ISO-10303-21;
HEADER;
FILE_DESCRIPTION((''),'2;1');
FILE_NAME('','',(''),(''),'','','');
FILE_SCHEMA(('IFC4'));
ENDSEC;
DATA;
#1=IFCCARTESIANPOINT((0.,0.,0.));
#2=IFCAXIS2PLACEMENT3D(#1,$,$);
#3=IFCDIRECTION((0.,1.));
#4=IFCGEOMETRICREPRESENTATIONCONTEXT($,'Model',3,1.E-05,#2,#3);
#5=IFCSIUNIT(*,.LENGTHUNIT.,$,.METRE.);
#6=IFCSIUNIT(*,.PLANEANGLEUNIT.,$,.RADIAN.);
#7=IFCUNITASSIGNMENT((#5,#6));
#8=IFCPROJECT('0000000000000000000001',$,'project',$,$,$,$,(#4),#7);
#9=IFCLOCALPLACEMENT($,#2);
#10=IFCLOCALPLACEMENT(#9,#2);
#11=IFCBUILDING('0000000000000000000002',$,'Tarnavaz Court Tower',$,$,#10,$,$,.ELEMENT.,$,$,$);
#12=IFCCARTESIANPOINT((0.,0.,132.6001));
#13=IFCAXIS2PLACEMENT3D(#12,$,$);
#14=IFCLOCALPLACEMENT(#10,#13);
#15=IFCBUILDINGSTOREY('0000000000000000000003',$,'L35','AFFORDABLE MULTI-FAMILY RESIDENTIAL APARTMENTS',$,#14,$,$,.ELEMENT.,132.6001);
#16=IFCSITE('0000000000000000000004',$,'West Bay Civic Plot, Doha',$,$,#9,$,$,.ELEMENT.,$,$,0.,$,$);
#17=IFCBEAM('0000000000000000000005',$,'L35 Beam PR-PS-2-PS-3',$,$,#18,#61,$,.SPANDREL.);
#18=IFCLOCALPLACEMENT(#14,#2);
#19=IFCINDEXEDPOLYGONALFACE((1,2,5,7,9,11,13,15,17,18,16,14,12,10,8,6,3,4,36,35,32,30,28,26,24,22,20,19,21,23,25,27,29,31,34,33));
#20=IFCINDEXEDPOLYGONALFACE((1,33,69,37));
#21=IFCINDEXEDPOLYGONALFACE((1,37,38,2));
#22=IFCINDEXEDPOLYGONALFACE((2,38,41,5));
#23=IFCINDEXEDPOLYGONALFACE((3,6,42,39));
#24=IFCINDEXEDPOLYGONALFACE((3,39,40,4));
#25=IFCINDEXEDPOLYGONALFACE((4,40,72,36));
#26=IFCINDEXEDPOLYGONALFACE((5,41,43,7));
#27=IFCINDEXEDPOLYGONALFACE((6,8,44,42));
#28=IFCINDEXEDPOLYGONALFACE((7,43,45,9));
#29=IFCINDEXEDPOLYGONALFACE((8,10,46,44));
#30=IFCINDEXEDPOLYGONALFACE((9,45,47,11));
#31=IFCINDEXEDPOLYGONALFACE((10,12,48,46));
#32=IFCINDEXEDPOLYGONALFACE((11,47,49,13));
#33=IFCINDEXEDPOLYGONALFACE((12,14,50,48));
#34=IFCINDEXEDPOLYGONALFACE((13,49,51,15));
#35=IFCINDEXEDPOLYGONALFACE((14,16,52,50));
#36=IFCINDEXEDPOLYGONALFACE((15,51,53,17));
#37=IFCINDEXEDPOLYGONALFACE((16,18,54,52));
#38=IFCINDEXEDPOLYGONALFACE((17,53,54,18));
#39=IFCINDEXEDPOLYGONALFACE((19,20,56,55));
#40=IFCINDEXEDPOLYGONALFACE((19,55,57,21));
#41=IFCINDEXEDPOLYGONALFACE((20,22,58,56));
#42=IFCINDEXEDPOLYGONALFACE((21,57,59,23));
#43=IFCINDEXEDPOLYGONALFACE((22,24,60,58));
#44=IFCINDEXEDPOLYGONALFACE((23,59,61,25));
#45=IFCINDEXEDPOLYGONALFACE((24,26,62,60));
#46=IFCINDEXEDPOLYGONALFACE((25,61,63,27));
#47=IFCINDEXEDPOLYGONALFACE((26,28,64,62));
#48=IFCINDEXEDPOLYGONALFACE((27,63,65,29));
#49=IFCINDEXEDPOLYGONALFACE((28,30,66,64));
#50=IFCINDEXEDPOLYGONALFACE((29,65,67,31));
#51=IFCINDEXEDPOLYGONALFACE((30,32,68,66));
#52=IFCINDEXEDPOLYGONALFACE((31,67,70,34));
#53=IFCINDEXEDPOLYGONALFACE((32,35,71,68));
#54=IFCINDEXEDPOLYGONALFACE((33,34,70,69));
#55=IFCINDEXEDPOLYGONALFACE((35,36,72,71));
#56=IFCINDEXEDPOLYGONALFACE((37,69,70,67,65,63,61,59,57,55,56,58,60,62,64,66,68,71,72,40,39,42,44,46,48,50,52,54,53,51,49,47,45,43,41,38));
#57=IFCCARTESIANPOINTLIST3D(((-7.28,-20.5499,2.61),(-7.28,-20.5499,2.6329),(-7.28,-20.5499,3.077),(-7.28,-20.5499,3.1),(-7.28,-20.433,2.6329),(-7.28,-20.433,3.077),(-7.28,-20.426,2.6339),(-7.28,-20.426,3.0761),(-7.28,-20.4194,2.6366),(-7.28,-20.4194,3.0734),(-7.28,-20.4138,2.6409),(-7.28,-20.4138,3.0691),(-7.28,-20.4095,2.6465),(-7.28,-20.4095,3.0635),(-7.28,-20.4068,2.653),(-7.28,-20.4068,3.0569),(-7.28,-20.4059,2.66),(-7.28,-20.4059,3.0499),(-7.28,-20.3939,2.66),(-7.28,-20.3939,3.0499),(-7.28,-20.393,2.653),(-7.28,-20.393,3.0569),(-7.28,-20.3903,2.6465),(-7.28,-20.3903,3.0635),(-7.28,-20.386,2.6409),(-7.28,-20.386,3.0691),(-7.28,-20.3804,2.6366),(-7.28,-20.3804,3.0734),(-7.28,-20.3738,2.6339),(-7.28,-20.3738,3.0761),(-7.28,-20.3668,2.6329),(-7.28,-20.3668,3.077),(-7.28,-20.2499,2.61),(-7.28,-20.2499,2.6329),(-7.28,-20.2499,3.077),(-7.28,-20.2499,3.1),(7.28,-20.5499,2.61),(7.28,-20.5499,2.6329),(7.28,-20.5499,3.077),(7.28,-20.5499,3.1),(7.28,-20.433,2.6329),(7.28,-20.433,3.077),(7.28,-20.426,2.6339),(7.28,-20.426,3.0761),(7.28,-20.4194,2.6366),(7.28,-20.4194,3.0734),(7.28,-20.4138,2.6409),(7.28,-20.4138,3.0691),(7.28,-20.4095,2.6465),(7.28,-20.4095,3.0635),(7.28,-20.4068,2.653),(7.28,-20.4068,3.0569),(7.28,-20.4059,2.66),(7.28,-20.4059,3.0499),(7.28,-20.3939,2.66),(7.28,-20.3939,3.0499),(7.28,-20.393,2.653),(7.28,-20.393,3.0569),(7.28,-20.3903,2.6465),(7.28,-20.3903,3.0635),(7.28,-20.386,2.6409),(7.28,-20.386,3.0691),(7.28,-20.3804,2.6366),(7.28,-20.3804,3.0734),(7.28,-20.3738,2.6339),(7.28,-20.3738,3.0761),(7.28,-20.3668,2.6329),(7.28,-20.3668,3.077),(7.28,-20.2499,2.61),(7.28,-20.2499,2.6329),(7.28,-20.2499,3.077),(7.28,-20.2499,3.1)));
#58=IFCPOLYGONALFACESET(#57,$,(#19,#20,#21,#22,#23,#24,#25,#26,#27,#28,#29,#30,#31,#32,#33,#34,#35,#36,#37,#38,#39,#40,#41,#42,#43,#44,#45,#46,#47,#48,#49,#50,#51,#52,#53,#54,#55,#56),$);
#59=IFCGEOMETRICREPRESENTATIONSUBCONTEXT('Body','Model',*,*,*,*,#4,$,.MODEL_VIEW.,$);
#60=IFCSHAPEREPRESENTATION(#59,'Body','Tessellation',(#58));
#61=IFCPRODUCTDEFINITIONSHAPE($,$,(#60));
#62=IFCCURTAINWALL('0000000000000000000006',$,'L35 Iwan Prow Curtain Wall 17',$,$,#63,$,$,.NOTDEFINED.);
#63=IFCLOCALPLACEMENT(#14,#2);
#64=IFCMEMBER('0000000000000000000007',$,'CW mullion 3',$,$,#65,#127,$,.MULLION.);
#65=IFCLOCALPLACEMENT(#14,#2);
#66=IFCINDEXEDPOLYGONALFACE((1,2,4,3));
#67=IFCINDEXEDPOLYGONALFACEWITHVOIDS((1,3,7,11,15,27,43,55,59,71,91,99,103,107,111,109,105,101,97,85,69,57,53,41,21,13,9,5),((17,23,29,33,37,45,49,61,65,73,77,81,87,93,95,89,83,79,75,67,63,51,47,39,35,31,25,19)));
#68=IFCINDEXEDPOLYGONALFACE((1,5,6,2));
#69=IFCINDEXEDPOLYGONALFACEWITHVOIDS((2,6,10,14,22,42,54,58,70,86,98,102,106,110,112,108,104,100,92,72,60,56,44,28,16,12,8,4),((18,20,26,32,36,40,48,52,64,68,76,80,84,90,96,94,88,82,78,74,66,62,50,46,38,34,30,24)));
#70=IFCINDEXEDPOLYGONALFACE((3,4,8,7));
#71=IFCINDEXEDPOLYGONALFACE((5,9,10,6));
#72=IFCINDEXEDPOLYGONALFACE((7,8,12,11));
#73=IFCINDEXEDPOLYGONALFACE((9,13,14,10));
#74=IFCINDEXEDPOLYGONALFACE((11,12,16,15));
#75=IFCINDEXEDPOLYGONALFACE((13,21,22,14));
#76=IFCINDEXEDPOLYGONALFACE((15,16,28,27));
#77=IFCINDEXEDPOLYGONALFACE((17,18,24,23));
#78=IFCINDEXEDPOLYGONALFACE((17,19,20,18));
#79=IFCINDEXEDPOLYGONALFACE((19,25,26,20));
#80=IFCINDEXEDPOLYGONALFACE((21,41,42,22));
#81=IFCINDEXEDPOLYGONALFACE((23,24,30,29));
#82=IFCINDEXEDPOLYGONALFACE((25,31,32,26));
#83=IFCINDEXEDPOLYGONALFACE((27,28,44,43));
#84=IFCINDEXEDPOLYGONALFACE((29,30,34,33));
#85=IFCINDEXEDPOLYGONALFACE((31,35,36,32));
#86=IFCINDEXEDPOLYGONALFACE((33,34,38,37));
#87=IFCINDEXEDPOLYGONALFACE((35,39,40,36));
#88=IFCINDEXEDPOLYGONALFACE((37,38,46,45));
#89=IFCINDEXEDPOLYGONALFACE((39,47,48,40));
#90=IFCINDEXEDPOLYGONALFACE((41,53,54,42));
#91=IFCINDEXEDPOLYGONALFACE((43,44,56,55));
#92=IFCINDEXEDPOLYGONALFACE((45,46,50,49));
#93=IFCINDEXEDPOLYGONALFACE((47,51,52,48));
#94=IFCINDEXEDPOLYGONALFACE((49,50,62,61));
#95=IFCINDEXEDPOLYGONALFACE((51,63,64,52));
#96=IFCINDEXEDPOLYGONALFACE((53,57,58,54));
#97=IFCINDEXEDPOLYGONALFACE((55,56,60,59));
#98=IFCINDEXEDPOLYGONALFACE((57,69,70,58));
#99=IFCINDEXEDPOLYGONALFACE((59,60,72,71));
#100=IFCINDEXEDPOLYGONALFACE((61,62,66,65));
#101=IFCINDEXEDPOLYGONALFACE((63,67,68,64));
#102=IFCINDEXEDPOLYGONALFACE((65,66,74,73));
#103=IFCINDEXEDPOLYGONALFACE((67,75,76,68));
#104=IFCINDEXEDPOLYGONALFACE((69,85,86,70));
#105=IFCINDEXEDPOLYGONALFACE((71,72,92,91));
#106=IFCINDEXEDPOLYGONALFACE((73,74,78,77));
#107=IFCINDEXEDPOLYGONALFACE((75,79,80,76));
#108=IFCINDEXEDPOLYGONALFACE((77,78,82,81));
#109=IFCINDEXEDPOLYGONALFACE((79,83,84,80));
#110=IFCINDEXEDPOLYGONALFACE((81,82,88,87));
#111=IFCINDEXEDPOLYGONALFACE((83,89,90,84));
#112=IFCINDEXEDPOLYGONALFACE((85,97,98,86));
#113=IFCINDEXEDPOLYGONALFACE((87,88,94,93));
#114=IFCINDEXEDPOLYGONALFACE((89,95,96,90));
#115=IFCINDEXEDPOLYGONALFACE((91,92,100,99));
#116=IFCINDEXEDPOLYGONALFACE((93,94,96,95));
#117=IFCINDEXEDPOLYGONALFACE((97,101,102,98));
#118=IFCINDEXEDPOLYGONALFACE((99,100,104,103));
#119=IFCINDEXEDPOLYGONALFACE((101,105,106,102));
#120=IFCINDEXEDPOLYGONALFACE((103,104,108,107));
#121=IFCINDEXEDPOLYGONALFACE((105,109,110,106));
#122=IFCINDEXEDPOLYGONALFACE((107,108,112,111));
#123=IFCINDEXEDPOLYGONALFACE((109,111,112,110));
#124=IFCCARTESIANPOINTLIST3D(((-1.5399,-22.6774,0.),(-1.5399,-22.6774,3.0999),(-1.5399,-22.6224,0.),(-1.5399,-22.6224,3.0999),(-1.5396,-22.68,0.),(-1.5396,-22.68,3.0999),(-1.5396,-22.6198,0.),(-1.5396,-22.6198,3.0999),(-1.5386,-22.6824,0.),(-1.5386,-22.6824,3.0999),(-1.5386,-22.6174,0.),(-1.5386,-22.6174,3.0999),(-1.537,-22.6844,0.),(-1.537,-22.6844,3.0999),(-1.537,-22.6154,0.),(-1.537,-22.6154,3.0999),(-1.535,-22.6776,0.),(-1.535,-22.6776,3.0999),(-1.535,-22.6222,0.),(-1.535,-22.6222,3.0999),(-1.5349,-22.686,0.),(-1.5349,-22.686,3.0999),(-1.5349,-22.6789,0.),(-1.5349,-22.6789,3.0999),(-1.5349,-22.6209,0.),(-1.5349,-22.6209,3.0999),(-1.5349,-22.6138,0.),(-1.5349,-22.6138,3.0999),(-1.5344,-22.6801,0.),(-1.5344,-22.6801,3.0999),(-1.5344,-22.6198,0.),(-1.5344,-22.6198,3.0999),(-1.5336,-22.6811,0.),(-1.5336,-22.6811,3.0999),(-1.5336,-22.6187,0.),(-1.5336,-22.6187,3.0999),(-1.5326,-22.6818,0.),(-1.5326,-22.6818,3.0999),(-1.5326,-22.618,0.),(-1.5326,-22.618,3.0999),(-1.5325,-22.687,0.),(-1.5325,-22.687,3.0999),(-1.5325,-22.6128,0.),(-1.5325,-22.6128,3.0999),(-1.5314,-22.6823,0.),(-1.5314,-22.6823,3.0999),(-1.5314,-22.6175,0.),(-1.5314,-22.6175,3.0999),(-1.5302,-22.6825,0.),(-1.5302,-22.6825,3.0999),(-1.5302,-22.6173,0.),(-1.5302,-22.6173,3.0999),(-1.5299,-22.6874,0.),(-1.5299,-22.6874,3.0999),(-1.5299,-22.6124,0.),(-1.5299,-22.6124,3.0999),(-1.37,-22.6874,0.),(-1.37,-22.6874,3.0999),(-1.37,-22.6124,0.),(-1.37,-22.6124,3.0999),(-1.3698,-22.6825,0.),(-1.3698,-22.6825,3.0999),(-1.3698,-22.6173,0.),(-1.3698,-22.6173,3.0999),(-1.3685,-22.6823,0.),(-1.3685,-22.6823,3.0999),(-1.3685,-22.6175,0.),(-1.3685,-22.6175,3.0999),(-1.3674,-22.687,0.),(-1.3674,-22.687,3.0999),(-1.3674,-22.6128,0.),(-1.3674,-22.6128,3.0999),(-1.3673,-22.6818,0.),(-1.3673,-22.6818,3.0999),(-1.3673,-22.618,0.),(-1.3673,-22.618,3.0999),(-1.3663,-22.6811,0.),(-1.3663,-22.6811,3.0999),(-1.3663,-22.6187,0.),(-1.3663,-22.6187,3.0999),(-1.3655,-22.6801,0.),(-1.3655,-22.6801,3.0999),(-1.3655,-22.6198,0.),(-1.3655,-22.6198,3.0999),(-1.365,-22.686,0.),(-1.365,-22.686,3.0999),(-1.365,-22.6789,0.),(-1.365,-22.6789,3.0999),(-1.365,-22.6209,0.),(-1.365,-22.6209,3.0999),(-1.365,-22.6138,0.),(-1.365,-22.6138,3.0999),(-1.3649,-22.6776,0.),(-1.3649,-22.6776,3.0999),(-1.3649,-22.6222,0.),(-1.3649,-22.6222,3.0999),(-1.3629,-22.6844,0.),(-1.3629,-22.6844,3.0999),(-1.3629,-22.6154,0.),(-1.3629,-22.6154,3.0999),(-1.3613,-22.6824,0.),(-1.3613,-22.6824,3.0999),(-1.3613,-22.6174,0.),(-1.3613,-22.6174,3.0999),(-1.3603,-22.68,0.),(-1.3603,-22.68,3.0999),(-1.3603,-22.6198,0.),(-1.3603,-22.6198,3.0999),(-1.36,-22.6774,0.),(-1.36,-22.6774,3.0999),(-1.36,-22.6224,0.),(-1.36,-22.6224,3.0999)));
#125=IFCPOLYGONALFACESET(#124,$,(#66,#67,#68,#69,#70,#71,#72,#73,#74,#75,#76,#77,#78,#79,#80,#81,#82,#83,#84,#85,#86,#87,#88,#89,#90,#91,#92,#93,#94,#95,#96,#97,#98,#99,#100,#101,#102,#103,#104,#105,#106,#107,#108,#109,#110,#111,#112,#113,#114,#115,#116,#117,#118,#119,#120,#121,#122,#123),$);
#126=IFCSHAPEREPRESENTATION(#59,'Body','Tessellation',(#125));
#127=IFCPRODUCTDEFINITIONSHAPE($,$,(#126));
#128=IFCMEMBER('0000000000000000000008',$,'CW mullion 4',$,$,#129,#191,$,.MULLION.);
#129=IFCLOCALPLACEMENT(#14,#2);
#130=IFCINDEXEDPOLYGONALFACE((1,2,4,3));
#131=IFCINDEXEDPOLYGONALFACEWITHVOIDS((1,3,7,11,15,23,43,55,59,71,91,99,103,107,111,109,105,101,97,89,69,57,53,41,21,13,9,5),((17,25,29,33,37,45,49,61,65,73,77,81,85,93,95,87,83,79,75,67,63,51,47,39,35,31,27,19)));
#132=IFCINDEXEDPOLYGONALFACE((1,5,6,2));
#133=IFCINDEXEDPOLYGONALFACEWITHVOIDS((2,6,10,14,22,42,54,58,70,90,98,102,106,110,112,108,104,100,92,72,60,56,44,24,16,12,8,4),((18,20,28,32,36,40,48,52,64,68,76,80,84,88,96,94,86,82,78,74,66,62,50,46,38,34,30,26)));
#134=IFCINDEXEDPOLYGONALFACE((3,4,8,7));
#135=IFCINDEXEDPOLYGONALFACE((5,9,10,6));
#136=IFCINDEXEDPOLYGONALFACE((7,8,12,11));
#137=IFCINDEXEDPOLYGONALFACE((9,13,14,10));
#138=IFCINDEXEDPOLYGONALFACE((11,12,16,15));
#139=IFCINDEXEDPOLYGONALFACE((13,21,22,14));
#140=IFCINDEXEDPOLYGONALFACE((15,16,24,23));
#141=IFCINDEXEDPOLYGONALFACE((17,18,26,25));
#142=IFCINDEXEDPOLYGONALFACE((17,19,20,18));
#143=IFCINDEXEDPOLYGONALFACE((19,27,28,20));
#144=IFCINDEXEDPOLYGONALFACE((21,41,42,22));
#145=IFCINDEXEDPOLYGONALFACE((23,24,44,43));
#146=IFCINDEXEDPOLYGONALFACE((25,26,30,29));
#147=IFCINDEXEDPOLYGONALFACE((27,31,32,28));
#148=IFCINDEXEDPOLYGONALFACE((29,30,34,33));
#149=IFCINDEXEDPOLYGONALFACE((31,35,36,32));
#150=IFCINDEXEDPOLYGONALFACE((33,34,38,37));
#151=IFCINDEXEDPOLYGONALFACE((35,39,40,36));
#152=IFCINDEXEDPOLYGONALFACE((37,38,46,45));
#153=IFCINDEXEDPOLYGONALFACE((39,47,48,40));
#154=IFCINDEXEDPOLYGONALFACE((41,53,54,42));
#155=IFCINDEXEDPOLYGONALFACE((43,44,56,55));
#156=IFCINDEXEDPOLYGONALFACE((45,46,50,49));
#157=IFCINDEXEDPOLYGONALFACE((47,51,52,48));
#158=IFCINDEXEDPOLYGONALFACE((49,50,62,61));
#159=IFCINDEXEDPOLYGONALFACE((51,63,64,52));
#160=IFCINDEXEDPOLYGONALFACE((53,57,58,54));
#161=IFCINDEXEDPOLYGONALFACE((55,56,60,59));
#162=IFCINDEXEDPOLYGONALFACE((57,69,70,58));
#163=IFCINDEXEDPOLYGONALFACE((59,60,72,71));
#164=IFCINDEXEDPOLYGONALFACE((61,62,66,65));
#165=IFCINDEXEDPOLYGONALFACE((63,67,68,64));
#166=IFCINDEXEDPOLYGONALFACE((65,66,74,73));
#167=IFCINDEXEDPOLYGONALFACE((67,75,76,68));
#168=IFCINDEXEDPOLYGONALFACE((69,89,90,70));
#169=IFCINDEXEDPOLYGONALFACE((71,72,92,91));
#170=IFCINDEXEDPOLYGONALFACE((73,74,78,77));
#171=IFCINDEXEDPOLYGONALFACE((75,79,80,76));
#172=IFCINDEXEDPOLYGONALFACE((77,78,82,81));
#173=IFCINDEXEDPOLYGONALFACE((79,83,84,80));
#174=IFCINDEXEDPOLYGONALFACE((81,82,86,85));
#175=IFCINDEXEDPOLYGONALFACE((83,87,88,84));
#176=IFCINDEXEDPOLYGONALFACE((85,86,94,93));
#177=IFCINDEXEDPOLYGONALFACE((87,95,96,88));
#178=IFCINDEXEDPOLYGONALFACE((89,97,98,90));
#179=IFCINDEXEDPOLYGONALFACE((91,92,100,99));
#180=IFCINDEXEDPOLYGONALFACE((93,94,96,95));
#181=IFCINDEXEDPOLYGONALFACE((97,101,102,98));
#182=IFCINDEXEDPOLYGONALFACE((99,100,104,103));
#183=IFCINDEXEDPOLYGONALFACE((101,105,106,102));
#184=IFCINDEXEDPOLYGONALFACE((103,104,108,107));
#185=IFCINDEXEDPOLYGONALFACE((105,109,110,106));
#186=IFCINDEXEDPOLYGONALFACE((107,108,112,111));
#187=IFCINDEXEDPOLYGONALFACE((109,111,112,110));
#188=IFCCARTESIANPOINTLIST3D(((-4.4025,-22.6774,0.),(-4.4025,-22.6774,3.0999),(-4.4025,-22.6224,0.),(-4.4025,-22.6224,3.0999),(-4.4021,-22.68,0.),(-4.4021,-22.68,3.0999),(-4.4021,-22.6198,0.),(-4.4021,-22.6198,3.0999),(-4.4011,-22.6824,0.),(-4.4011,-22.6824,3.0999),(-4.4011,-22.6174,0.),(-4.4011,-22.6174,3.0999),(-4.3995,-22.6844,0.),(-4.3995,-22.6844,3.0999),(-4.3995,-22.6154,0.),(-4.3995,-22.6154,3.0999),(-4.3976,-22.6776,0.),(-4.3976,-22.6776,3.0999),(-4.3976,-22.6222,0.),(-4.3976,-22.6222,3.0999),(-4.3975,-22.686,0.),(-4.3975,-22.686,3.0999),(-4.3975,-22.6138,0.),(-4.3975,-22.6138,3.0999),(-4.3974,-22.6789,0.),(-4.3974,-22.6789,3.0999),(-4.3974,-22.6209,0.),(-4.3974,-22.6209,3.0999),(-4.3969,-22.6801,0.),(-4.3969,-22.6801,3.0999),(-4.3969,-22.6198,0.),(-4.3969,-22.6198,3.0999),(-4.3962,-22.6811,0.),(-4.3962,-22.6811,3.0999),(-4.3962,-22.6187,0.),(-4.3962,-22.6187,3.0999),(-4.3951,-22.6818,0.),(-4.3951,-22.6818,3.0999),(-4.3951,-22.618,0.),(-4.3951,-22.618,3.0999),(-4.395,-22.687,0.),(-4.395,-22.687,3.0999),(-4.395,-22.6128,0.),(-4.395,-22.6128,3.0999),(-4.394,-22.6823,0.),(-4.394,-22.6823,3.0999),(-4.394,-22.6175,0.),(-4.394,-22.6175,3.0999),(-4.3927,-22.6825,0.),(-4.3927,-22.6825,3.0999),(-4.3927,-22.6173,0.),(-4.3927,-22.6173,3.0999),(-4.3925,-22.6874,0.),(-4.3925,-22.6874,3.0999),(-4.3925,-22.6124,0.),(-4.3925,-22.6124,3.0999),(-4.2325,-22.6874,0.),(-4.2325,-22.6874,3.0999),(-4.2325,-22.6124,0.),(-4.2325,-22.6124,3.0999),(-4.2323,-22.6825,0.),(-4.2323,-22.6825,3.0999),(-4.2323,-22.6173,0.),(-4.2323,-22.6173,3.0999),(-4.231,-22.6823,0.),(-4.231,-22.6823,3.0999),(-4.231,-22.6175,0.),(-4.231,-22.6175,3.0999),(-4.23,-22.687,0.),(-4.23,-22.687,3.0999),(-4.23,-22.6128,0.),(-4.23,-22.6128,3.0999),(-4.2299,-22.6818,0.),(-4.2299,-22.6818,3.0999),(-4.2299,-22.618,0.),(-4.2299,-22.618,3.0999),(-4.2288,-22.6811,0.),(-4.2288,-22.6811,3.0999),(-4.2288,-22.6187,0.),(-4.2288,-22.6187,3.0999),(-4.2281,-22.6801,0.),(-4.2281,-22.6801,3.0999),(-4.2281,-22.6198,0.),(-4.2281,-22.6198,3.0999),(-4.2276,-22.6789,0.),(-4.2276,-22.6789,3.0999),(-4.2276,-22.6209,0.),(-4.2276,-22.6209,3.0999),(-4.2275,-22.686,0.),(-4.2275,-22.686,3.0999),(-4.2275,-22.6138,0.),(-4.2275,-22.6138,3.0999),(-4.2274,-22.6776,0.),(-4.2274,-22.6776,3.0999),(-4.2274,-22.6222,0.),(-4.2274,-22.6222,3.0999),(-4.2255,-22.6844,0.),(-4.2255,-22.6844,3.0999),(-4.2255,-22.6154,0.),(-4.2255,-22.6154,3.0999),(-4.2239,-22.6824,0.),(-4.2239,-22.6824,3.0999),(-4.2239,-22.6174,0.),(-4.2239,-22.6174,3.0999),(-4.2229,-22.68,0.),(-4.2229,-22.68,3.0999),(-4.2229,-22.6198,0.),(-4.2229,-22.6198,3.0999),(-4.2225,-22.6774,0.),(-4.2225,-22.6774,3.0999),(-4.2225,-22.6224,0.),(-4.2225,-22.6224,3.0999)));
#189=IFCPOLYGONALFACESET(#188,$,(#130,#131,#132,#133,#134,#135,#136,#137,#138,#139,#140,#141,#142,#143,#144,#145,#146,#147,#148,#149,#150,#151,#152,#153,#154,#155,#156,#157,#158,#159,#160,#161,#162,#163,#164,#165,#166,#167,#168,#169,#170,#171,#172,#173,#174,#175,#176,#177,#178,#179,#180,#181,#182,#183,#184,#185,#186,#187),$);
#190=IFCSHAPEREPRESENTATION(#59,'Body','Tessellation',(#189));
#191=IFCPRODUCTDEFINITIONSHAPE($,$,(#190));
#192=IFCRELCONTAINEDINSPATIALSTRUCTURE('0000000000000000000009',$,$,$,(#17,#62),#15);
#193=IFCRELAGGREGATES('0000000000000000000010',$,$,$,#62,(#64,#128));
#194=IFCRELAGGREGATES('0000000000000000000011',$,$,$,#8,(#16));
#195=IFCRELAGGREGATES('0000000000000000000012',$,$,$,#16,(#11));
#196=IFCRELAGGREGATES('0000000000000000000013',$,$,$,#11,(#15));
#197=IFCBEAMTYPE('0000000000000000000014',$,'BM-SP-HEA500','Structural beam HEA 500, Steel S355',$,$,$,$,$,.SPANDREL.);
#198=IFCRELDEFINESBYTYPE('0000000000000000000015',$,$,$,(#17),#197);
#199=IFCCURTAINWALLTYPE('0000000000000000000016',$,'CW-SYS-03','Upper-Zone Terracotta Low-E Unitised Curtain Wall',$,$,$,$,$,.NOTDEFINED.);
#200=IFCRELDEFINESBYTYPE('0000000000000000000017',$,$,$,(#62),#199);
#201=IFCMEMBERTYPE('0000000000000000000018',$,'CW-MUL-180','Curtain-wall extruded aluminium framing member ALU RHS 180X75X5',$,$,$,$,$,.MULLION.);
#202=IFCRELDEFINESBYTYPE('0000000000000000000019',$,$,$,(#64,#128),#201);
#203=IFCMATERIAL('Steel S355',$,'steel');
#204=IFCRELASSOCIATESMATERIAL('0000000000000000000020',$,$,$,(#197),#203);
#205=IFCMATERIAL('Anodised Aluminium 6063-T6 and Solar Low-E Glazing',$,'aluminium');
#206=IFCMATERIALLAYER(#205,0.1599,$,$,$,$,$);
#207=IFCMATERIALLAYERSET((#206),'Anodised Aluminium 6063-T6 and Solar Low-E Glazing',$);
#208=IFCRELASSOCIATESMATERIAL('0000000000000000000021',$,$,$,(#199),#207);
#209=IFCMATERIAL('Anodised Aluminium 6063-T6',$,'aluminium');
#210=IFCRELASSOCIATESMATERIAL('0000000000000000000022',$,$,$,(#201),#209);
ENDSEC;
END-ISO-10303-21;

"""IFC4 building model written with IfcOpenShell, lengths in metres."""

from ifc_helpers import new_model, si_unit, direction, frame, origin, origin_2d, place, context, subcontext, project, spatial, hollow_rectangle, i_section, extrude, material, layer, layer_set, material_profile, profile_set, type_object, element, aggregate, save


model = new_model("IFC4")

# Units and contexts
model_context = context("Model", 3, precision=1e-05, world=origin(), true_north=direction((0.0, 1.0)))
body_context = subcontext(model_context, "Body", "Model", "MODEL_VIEW")
ifc_project = project(units=[si_unit("LENGTHUNIT", "METRE"), si_unit("PLANEANGLEUNIT", "RADIAN")], contexts=[model_context])

# Site, building, storey
site_placement = place(None, origin())
site = spatial("IfcSite", under=ifc_project, at=site_placement, Name="West Bay Civic Plot, Doha", CompositionType="ELEMENT", RefElevation=0.0)
building_placement = place(site_placement, origin())
building = spatial("IfcBuilding", under=site, at=building_placement, Name="Tarnavaz Court Tower", CompositionType="ELEMENT")
storey_placement = place(building_placement, frame((0.0, 0.0, 132.6001)))
storey = spatial("IfcBuildingStorey", under=building, at=storey_placement, Name="L35", Description="AFFORDABLE MULTI-FAMILY RESIDENTIAL APARTMENTS", CompositionType="ELEMENT", Elevation=132.6001)

# Beam
ifc_material_1 = material(Name="Steel S355", Category="steel")
ifc_material_profile_1 = material_profile(ifc_material_1, i_section(OverallWidth=0.3, OverallDepth=0.49, WebThickness=0.012, FlangeThickness=0.0229, FilletRadius=0.0271, at=origin_2d()), Name="HEA 500")
ifc_profile_set_1 = profile_set([ifc_material_profile_1], Name="Steel S355")
beam_type_1 = type_object("IfcBeamType", Name="BM-SP-HEA500", Description="Structural beam HEA 500, Steel S355", PredefinedType="SPANDREL", material=ifc_profile_set_1)
beam_placement = place(storey_placement, frame((-7.28, -20.3999, 2.855), z_axis=(1.0, 0.0, 0.0), x_axis=(0.0, 1.0, 0.0)))
element("IfcBeam", 1, at=beam_placement, inside=storey, type_object=beam_type_1, Name="L35 Beam PR-PS-2-PS-3", PredefinedType="SPANDREL", context=body_context, shape_type="SweptSolid", body=[
    extrude(i_section(OverallWidth=0.3, OverallDepth=0.49, WebThickness=0.012, FlangeThickness=0.0229, FilletRadius=0.0271, at=origin_2d()), origin(), (0.0, 0.0, 1.0), 14.5601),
])

# Curtain wall, members
ifc_material_2 = material(Name="Anodised Aluminium 6063-T6 and Solar Low-E Glazing", Category="aluminium")
ifc_layer_1 = layer(ifc_material_2, 0.1599)
ifc_layer_set_1 = layer_set([ifc_layer_1], Name="Anodised Aluminium 6063-T6 and Solar Low-E Glazing")
curtain_wall_type = type_object("IfcCurtainWallType", Name="CW-SYS-03", Description="Upper-Zone Terracotta Low-E Unitised Curtain Wall", PredefinedType="NOTDEFINED", material=ifc_layer_set_1)
curtain_wall_placement = place(storey_placement, origin())
curtain_wall = element("IfcCurtainWall", 2, at=curtain_wall_placement, inside=storey, type_object=curtain_wall_type, Name="L35 Iwan Prow Curtain Wall 17", PredefinedType="NOTDEFINED")
ifc_material_3 = material(Name="Anodised Aluminium 6063-T6", Category="aluminium")
ifc_material_profile_2 = material_profile(ifc_material_3, hollow_rectangle(XDim=0.075, YDim=0.1799, WallThickness=0.0049, InnerFilletRadius=0.0049, OuterFilletRadius=0.01, at=origin_2d()), Name="ALU RHS 180X75X5")
ifc_profile_set_2 = profile_set([ifc_material_profile_2], Name="Anodised Aluminium 6063-T6")
member_type_1 = type_object("IfcMemberType", Name="CW-MUL-180", Description="Curtain-wall extruded aluminium framing member ALU RHS 180X75X5", PredefinedType="MULLION", material=ifc_profile_set_2)
member_1_placement = place(storey_placement, frame((-1.45, -22.6499, 0.0), z_axis=(0.0, 0.0, 1.0), x_axis=(0.0, -1.0, 0.0)))
member_1 = element("IfcMember", 3, at=member_1_placement, type_object=member_type_1, Name="CW mullion 3", PredefinedType="MULLION", context=body_context, shape_type="SweptSolid", body=[
    extrude(hollow_rectangle(XDim=0.075, YDim=0.1799, WallThickness=0.0049, InnerFilletRadius=0.0049, OuterFilletRadius=0.01, at=origin_2d()), origin(), (0.0, 0.0, 1.0), 3.0999),
])
member_2_placement = place(storey_placement, frame((-4.3125, -22.6499, 0.0), z_axis=(0.0, 0.0, 1.0), x_axis=(0.0, -1.0, 0.0)))
member_2 = element("IfcMember", 4, at=member_2_placement, type_object=member_type_1, Name="CW mullion 4", PredefinedType="MULLION", context=body_context, shape_type="SweptSolid", body=[
    extrude(hollow_rectangle(XDim=0.075, YDim=0.1799, WallThickness=0.0049, InnerFilletRadius=0.0049, OuterFilletRadius=0.01, at=origin_2d()), origin(), (0.0, 0.0, 1.0), 3.0999),
])
aggregate(curtain_wall, [member_1, member_2])

save(model, "model.ifc")
